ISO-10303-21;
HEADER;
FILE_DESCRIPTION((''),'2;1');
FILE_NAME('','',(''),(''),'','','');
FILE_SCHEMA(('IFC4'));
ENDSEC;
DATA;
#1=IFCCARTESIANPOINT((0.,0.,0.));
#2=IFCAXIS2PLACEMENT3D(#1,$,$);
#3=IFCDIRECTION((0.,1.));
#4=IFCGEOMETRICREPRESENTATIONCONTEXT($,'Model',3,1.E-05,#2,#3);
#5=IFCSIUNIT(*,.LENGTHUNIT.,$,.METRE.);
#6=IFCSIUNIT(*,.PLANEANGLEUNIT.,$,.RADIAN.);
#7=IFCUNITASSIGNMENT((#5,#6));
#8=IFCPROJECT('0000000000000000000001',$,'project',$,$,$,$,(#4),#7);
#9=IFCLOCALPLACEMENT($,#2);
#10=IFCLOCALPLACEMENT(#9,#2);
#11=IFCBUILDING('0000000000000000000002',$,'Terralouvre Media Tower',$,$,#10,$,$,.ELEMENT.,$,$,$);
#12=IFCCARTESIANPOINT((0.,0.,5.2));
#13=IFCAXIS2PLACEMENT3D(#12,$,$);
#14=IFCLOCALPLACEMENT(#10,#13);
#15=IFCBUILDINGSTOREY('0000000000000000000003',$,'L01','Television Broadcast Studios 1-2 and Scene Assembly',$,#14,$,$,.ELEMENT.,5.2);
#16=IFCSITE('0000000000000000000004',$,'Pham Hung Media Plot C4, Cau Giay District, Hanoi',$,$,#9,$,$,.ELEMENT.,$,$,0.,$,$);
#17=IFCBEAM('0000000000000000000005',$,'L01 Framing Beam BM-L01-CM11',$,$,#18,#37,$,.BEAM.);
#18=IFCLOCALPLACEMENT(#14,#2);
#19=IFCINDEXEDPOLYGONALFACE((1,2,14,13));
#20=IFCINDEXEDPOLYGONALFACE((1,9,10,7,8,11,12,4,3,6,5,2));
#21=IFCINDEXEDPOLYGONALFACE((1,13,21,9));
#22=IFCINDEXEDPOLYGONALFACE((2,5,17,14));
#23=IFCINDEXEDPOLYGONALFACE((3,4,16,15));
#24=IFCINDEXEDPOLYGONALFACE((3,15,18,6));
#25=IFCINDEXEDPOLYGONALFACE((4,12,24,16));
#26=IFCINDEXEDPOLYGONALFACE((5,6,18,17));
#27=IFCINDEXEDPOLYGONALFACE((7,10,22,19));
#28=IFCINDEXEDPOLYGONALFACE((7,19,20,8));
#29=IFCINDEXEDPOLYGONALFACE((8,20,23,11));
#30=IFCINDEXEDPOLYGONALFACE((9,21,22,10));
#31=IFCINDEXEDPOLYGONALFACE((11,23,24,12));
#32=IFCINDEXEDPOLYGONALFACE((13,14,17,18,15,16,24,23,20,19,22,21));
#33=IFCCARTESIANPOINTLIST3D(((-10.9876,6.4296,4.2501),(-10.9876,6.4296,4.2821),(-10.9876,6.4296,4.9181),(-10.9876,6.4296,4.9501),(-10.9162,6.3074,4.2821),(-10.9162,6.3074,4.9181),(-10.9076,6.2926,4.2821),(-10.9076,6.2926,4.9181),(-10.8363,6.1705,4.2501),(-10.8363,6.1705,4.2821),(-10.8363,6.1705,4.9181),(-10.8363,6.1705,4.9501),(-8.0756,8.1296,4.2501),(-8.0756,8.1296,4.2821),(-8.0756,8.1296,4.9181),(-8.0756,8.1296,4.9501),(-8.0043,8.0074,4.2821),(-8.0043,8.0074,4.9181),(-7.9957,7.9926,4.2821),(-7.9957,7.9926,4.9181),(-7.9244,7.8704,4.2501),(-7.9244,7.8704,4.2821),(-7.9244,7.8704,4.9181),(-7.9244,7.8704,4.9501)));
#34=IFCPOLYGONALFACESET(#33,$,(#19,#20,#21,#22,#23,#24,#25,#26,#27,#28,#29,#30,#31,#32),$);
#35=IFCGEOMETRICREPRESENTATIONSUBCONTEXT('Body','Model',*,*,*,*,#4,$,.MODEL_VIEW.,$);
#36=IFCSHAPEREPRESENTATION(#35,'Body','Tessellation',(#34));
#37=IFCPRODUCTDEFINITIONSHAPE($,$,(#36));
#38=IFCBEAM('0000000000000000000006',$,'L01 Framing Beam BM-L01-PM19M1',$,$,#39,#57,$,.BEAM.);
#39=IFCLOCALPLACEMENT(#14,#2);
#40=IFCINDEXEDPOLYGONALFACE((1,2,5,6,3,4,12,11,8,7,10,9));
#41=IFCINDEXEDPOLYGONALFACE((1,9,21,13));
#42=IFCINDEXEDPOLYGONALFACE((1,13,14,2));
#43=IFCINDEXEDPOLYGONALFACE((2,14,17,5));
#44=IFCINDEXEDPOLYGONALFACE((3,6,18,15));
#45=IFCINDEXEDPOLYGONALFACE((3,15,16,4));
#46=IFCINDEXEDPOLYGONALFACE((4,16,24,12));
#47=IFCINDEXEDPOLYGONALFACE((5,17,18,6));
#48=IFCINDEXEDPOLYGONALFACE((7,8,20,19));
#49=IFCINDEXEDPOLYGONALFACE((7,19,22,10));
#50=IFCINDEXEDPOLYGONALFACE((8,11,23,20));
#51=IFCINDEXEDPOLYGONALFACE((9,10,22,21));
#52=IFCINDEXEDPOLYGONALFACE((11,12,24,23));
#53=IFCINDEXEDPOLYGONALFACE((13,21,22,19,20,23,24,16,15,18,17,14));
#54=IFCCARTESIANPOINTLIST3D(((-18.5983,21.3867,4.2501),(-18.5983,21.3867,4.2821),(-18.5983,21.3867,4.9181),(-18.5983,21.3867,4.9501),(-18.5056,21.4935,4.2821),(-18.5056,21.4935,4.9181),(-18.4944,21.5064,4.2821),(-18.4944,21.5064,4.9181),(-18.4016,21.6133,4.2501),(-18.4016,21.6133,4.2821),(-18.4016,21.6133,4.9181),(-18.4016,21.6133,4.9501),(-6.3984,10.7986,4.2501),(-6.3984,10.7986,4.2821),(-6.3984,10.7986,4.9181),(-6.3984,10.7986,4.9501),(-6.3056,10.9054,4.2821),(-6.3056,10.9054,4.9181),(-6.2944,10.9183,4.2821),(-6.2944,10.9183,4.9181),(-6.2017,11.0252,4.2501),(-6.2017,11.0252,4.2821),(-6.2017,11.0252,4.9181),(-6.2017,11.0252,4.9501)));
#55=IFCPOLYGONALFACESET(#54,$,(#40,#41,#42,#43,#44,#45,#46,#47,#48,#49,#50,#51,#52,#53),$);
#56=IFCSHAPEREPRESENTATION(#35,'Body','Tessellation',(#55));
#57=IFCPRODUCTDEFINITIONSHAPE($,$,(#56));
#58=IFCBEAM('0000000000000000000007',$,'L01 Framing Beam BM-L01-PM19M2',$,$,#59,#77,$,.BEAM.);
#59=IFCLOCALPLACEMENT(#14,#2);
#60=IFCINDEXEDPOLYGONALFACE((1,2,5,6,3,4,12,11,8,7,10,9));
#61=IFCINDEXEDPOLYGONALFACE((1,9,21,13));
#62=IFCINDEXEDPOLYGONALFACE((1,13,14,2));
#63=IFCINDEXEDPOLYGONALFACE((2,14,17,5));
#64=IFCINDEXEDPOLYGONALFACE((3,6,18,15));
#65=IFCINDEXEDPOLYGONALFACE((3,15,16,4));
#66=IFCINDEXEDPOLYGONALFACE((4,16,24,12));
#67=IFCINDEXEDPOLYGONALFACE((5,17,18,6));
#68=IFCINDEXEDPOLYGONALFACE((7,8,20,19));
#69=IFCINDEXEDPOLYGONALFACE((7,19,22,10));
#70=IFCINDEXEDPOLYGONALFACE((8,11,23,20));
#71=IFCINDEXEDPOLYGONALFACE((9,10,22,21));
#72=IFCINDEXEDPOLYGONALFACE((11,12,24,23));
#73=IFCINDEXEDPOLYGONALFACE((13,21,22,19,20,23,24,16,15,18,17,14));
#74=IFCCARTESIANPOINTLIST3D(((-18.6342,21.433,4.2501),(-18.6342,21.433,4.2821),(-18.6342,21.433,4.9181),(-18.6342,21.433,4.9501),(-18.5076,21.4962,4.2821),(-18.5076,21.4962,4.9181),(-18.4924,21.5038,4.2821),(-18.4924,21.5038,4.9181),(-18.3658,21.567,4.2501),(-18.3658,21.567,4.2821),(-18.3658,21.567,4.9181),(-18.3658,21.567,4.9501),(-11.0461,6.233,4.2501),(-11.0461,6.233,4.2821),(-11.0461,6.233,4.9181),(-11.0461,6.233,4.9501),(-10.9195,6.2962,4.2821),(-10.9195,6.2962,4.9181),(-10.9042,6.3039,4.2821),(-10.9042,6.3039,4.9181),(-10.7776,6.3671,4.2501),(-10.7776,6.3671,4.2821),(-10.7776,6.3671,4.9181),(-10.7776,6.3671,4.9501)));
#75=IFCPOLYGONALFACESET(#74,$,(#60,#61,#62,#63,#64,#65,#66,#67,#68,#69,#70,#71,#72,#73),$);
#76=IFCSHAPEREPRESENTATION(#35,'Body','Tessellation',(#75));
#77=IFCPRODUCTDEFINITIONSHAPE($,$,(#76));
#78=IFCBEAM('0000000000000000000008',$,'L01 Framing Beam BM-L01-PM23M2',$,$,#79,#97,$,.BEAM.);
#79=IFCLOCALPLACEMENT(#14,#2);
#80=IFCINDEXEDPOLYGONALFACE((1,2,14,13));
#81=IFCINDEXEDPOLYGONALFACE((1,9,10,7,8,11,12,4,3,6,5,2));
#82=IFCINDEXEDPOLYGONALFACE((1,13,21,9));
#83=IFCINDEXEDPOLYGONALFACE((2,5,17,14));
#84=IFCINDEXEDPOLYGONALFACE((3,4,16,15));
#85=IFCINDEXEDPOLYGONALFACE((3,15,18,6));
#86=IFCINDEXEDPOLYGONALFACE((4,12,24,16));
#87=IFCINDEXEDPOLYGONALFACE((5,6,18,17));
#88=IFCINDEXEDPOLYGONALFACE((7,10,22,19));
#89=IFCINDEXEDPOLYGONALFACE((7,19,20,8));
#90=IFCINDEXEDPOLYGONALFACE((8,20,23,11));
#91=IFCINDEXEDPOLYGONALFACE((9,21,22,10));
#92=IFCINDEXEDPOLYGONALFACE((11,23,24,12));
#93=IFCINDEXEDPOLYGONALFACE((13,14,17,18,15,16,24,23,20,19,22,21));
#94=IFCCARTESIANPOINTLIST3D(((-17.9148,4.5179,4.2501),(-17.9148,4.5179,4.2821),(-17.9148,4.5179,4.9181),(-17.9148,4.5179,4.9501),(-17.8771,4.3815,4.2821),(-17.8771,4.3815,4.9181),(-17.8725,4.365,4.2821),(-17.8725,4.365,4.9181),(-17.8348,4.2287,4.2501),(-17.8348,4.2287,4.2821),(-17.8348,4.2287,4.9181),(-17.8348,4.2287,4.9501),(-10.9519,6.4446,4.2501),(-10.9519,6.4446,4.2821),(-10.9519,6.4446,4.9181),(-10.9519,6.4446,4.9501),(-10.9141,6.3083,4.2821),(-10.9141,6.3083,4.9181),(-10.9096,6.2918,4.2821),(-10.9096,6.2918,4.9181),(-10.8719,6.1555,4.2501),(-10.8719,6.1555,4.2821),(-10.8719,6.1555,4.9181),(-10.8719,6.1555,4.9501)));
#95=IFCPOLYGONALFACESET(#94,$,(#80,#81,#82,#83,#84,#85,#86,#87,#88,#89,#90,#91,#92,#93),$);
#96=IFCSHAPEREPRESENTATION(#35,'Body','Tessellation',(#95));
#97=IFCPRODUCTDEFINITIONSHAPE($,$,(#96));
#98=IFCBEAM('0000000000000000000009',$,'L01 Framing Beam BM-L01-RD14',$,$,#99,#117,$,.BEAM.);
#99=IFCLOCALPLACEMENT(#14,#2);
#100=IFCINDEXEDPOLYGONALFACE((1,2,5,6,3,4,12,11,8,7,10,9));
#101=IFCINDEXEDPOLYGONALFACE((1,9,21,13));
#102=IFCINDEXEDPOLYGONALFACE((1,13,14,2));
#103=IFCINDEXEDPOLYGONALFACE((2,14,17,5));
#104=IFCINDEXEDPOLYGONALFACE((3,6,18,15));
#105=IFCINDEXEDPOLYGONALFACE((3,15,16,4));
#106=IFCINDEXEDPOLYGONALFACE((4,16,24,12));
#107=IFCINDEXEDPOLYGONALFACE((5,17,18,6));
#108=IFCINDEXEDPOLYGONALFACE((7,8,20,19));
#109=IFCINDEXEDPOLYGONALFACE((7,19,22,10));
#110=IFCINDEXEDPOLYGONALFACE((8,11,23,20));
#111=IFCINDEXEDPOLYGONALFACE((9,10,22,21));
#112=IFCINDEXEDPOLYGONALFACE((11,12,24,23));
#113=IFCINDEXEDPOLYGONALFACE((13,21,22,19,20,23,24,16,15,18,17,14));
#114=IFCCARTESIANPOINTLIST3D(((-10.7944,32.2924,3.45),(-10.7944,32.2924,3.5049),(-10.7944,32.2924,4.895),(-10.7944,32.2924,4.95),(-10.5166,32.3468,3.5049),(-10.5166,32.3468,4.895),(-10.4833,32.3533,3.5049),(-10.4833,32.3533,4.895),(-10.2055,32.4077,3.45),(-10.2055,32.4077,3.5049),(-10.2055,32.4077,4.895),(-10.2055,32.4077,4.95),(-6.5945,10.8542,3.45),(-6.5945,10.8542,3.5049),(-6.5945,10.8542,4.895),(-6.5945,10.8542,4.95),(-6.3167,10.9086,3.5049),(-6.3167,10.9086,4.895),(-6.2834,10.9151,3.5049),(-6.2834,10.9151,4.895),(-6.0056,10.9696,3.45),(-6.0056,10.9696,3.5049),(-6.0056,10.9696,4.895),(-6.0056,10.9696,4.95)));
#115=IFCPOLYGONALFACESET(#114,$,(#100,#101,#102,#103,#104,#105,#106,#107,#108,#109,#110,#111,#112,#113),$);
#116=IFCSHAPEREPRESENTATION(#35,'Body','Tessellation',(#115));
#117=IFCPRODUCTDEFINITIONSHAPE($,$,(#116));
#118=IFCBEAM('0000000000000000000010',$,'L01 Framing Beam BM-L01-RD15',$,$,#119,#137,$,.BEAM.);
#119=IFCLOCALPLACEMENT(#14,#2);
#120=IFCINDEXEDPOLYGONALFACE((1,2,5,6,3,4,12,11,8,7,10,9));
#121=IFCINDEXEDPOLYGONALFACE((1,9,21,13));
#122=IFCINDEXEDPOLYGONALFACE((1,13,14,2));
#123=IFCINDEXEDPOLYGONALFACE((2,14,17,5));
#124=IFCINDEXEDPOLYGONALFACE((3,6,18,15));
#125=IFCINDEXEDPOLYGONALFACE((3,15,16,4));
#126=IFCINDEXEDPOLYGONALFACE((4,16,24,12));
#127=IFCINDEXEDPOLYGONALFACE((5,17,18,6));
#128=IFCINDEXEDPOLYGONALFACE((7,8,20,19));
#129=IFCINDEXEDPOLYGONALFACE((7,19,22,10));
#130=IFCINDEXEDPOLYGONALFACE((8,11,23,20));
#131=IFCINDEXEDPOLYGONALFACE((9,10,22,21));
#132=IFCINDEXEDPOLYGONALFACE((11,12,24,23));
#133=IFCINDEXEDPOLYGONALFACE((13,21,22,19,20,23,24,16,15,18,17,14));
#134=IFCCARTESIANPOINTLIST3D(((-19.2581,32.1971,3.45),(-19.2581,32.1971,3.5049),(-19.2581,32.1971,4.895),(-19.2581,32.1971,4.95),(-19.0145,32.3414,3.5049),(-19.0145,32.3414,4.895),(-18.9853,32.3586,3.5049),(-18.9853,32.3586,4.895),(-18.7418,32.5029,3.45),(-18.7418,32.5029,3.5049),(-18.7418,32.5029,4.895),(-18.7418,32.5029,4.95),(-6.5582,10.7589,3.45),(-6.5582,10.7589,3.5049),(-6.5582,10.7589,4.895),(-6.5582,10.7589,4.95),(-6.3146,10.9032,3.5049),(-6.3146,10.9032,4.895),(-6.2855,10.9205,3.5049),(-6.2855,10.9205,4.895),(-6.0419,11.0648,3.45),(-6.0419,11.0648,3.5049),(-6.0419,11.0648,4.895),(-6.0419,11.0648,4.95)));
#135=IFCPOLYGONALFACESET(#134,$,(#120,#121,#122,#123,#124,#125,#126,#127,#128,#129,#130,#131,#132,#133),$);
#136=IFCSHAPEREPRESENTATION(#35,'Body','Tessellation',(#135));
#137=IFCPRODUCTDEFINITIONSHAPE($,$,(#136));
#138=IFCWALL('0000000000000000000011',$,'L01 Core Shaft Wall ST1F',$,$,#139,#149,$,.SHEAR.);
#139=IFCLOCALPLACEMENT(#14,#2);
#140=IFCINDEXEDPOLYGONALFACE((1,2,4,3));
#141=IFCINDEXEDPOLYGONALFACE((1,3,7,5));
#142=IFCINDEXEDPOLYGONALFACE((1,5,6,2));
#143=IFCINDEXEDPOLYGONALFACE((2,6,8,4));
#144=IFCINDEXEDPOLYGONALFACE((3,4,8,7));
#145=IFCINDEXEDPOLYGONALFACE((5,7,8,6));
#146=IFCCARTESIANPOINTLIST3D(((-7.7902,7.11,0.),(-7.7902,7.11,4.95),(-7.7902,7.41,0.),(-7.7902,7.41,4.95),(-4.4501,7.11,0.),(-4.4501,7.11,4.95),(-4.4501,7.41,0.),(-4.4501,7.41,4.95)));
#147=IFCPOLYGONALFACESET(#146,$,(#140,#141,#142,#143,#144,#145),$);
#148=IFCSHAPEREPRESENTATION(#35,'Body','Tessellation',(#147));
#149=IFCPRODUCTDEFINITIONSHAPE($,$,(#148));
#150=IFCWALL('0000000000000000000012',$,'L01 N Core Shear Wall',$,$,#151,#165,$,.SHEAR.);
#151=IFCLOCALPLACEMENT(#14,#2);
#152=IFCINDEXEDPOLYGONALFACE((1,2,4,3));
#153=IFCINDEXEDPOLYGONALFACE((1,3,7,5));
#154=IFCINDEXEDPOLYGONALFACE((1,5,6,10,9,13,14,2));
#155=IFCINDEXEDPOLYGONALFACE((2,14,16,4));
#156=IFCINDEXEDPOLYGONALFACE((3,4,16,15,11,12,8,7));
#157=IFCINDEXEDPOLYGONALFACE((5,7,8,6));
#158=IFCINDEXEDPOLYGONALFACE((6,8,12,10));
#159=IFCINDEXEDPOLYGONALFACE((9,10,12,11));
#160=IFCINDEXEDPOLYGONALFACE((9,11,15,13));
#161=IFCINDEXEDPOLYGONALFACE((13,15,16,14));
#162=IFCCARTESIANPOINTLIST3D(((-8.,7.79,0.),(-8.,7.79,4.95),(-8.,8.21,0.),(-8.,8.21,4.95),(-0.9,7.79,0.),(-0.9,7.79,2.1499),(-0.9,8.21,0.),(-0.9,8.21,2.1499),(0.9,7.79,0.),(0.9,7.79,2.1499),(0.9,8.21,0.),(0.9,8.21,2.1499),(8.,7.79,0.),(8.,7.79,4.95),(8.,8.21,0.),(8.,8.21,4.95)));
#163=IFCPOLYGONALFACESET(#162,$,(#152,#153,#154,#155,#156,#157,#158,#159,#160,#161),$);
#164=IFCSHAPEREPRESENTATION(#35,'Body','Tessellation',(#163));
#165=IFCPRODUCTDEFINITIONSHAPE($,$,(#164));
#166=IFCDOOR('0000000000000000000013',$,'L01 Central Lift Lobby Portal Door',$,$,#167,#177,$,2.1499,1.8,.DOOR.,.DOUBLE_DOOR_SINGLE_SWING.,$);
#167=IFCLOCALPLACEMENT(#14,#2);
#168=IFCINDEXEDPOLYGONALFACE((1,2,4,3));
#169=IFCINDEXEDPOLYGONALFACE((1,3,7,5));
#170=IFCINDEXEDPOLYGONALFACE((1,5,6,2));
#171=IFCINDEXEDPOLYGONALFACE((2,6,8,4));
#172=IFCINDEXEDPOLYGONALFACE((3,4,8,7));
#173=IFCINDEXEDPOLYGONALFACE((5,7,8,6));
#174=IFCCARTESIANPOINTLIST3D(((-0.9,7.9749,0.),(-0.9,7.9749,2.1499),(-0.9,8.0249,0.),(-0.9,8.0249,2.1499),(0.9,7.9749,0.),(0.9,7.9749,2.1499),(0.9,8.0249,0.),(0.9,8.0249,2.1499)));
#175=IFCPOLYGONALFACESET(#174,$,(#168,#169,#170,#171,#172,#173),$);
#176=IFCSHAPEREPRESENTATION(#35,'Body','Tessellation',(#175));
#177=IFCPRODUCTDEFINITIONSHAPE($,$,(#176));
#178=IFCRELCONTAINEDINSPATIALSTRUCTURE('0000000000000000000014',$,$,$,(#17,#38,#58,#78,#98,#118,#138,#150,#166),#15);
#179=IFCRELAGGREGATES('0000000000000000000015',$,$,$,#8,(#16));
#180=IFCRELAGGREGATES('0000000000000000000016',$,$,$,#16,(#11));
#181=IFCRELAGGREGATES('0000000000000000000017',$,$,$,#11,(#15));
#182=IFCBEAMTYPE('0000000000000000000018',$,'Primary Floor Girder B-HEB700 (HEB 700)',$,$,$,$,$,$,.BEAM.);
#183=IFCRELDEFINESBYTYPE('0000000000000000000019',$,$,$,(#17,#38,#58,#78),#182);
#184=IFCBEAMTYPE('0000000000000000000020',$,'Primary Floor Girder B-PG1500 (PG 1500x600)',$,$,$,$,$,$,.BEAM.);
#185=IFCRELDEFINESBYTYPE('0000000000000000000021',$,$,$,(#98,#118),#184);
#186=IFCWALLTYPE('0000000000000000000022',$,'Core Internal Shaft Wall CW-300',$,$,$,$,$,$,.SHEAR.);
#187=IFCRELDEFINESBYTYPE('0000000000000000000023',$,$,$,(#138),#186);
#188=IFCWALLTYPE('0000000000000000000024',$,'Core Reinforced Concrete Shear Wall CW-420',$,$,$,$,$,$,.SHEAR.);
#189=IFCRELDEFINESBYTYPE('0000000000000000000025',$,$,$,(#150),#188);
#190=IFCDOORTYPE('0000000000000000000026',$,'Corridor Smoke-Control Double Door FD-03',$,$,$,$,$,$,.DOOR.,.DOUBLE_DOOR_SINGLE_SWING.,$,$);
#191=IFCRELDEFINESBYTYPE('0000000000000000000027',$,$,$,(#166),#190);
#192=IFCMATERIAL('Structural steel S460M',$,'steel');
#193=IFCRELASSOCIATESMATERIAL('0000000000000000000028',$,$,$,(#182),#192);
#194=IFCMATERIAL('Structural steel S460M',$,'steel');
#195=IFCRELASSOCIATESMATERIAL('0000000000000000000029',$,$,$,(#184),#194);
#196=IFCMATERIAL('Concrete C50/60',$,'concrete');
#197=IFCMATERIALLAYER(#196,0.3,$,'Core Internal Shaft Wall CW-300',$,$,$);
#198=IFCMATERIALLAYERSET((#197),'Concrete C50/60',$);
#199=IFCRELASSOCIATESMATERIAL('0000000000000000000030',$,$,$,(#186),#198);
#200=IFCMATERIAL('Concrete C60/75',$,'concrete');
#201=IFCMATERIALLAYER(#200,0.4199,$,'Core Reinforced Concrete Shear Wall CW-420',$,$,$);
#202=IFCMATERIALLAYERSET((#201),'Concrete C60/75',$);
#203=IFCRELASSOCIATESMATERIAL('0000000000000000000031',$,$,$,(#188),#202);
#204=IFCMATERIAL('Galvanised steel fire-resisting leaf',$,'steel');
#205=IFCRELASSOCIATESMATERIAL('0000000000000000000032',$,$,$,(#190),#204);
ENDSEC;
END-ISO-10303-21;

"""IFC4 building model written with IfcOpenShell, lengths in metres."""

from ifc_helpers import new_model, si_unit, direction, frame, frame_2d, origin, origin_2d, place, context, subcontext, project, spatial, rectangle, i_section, extrude, material, layer, layer_set, material_profile, profile_set, type_object, element, fill, save


model = new_model("IFC4")

# Units and contexts
model_context = context("Model", 3, precision=1e-05, world=origin(), true_north=direction((0.0, 1.0)))
body_context = subcontext(model_context, "Body", "Model", "MODEL_VIEW")
ifc_project = project(units=[si_unit("LENGTHUNIT", "METRE"), si_unit("PLANEANGLEUNIT", "RADIAN")], contexts=[model_context])

# Site, building, storey
site_placement = place(None, origin())
site = spatial("IfcSite", under=ifc_project, at=site_placement, Name="Pham Hung Media Plot C4, Cau Giay District, Hanoi", CompositionType="ELEMENT", RefElevation=0.0)
building_placement = place(site_placement, origin())
building = spatial("IfcBuilding", under=site, at=building_placement, Name="Terralouvre Media Tower", CompositionType="ELEMENT")
storey_placement = place(building_placement, frame((0.0, 0.0, 5.2)))
storey = spatial("IfcBuildingStorey", under=building, at=storey_placement, Name="L01", Description="Television Broadcast Studios 1-2 and Scene Assembly", CompositionType="ELEMENT", Elevation=5.2)

# Beams
ifc_material_1 = material(Name="Structural steel S460M", Category="steel")
ifc_material_profile_1 = material_profile(ifc_material_1, i_section(OverallWidth=0.3, OverallDepth=0.7, WebThickness=0.0171, FlangeThickness=0.032, at=origin_2d()), Name="HEB 700")
ifc_profile_set_1 = profile_set([ifc_material_profile_1], Name="Structural steel S460M")
beam_type_1 = type_object("IfcBeamType", Name="Primary Floor Girder B-HEB700 (HEB 700)", PredefinedType="BEAM", material=ifc_profile_set_1)
for number, where, z_axis, x_axis, name in (
    (1, (-8.0, 8.0, 4.6001), (-0.863603, -0.504173, 0.0), (0.504173, -0.863603, 0.0), "L01 Framing Beam BM-L01-CM11"),
):
    element("IfcBeam", number, at=place(storey_placement, frame(where, z_axis=z_axis, x_axis=x_axis)), inside=storey, type_object=beam_type_1, Name=name, PredefinedType="BEAM", context=body_context, shape_type="SweptSolid", body=[
        extrude(i_section(OverallWidth=0.3, OverallDepth=0.7, WebThickness=0.0171, FlangeThickness=0.032, at=origin_2d()), origin(), (0.0, 0.0, 1.0), 3.3718),
    ])
beam_1_placement = place(storey_placement, frame((-6.3, 10.9119, 4.6001), z_axis=(-0.755234, 0.655455, 0.0), x_axis=(-0.655455, -0.755234, 0.0)))
element("IfcBeam", 2, at=beam_1_placement, inside=storey, type_object=beam_type_1, Name="L01 Framing Beam BM-L01-PM19M1", PredefinedType="BEAM", context=body_context, shape_type="SweptSolid", body=[
    extrude(i_section(OverallWidth=0.3, OverallDepth=0.7, WebThickness=0.0171, FlangeThickness=0.032, at=origin_2d()), origin(), (0.0, 0.0, 1.0), 16.1538),
])
beam_2_placement = place(storey_placement, frame((-10.9119, 6.3, 4.6001), z_axis=(-0.446656, 0.894706, 0.0), x_axis=(-0.894706, -0.446656, 0.0)))
element("IfcBeam", 3, at=beam_2_placement, inside=storey, type_object=beam_type_1, Name="L01 Framing Beam BM-L01-PM19M2", PredefinedType="BEAM", context=body_context, shape_type="SweptSolid", body=[
    extrude(i_section(OverallWidth=0.3, OverallDepth=0.7, WebThickness=0.0171, FlangeThickness=0.032, at=origin_2d()), origin(), (0.0, 0.0, 1.0), 16.9888),
])
beam_3_placement = place(storey_placement, frame((-10.9119, 6.3, 4.6001), z_axis=(-0.963781, -0.266696, 0.0), x_axis=(0.266696, -0.963781, 0.0)))
element("IfcBeam", 4, at=beam_3_placement, inside=storey, type_object=beam_type_1, Name="L01 Framing Beam BM-L01-PM23M2", PredefinedType="BEAM", context=body_context, shape_type="SweptSolid", body=[
    extrude(i_section(OverallWidth=0.3, OverallDepth=0.7, WebThickness=0.0171, FlangeThickness=0.032, at=origin_2d()), origin(), (0.0, 0.0, 1.0), 7.2246),
])
ifc_material_2 = material(Name="Structural steel S460M", Category="steel")
ifc_material_profile_2 = material_profile(ifc_material_2, i_section(OverallWidth=0.6001, OverallDepth=1.5, WebThickness=0.0339, FlangeThickness=0.0549, at=origin_2d()), Name="PG 1500x600")
ifc_profile_set_2 = profile_set([ifc_material_profile_2], Name="Structural steel S460M")
beam_type_2 = type_object("IfcBeamType", Name="Primary Floor Girder B-PG1500 (PG 1500x600)", PredefinedType="BEAM", material=ifc_profile_set_2)
beam_4_placement = place(storey_placement, frame((-6.3, 10.9119, 4.2), z_axis=(-0.192255, 0.981345, 0.0), x_axis=(-0.981345, -0.192255, 0.0)))
element("IfcBeam", 5, at=beam_4_placement, inside=storey, type_object=beam_type_2, Name="L01 Framing Beam BM-L01-RD14", PredefinedType="BEAM", context=body_context, shape_type="SweptSolid", body=[
    extrude(i_section(OverallWidth=0.6001, OverallDepth=1.5, WebThickness=0.0339, FlangeThickness=0.0549, at=origin_2d()), origin(), (0.0, 0.0, 1.0), 21.8457),
])
beam_5_placement = place(storey_placement, frame((-6.3, 10.9119, 4.2), z_axis=(-0.509678, 0.860365, 0.0), x_axis=(-0.860365, -0.509678, 0.0)))
element("IfcBeam", 6, at=beam_5_placement, inside=storey, type_object=beam_type_2, Name="L01 Framing Beam BM-L01-RD15", PredefinedType="BEAM", context=body_context, shape_type="SweptSolid", body=[
    extrude(i_section(OverallWidth=0.6001, OverallDepth=1.5, WebThickness=0.0339, FlangeThickness=0.0549, at=origin_2d()), origin(), (0.0, 0.0, 1.0), 24.9175),
])

# Wall
ifc_material_3 = material(Name="Concrete C50/60", Category="concrete")
ifc_layer_1 = layer(ifc_material_3, 0.3, Name="Core Internal Shaft Wall CW-300")
ifc_layer_set_1 = layer_set([ifc_layer_1], Name="Concrete C50/60")
wall_type_1 = type_object("IfcWallType", Name="Core Internal Shaft Wall CW-300", PredefinedType="SHEAR", material=ifc_layer_set_1)
wall_1_placement = place(storey_placement, frame((-7.79, 7.26, 0.0), z_axis=(0.0, 0.0, 1.0), x_axis=(1.0, 0.0, 0.0)))
element("IfcWall", 7, at=wall_1_placement, inside=storey, type_object=wall_type_1, Name="L01 Core Shaft Wall ST1F", PredefinedType="SHEAR", context=body_context, shape_type="SweptSolid", body=[
    extrude(rectangle(XDim=3.3401, YDim=0.3, at=frame_2d((1.6699, 0.0))), origin(), (0.0, 0.0, 1.0), 4.95),
])

# Wall, opening, door
ifc_material_4 = material(Name="Concrete C60/75", Category="concrete")
ifc_layer_2 = layer(ifc_material_4, 0.4199, Name="Core Reinforced Concrete Shear Wall CW-420")
ifc_layer_set_2 = layer_set([ifc_layer_2], Name="Concrete C60/75")
wall_type_2 = type_object("IfcWallType", Name="Core Reinforced Concrete Shear Wall CW-420", PredefinedType="SHEAR", material=ifc_layer_set_2)
wall_2_placement = place(storey_placement, frame((-8.0, 8.0, 0.0), z_axis=(0.0, 0.0, 1.0), x_axis=(1.0, 0.0, 0.0)))
wall_2 = element("IfcWall", 8, at=wall_2_placement, inside=storey, type_object=wall_type_2, Name="L01 N Core Shear Wall", PredefinedType="SHEAR", context=body_context, shape_type="SweptSolid", body=[
    extrude(rectangle(XDim=16.0, YDim=0.4199, at=frame_2d((8.0, 0.0))), origin(), (0.0, 0.0, 1.0), 4.95),
])
opening_1_placement = place(wall_2_placement, frame((7.1001, 0.0, 0.0)))
opening_1 = element("IfcOpeningElement", 9, at=opening_1_placement, cuts=wall_2, PredefinedType="OPENING", context=body_context, shape_type="SweptSolid", body=[
    extrude(rectangle(XDim=1.8, YDim=2.1499, at=frame_2d((0.8999, 1.075))), frame((0.0, 0.22, 0.0), z_axis=(0.0, -1.0, 0.0), x_axis=(1.0, 0.0, 0.0)), (0.0, 0.0, 1.0), 0.4399),
])
ifc_material_5 = material(Name="Galvanised steel fire-resisting leaf", Category="steel")
door_type_1 = type_object("IfcDoorType", Name="Corridor Smoke-Control Double Door FD-03", OperationType="DOUBLE_DOOR_SINGLE_SWING", PredefinedType="DOOR", material=ifc_material_5)
door_1_placement = place(opening_1_placement, origin())
door_1 = element("IfcDoor", 10, at=door_1_placement, inside=storey, type_object=door_type_1, Name="L01 Central Lift Lobby Portal Door", OperationType="DOUBLE_DOOR_SINGLE_SWING", OverallHeight=2.1499, OverallWidth=1.8, PredefinedType="DOOR", context=body_context, shape_type="SweptSolid", body=[
    extrude(rectangle(XDim=1.8, YDim=2.1499, at=frame_2d((0.8999, 1.075))), frame((0.0, 0.0249, 0.0), z_axis=(0.0, -1.0, 0.0), x_axis=(1.0, 0.0, 0.0)), (0.0, 0.0, 1.0), 0.05),
])
fill(opening_1, door_1)

save(model, "model.ifc")
